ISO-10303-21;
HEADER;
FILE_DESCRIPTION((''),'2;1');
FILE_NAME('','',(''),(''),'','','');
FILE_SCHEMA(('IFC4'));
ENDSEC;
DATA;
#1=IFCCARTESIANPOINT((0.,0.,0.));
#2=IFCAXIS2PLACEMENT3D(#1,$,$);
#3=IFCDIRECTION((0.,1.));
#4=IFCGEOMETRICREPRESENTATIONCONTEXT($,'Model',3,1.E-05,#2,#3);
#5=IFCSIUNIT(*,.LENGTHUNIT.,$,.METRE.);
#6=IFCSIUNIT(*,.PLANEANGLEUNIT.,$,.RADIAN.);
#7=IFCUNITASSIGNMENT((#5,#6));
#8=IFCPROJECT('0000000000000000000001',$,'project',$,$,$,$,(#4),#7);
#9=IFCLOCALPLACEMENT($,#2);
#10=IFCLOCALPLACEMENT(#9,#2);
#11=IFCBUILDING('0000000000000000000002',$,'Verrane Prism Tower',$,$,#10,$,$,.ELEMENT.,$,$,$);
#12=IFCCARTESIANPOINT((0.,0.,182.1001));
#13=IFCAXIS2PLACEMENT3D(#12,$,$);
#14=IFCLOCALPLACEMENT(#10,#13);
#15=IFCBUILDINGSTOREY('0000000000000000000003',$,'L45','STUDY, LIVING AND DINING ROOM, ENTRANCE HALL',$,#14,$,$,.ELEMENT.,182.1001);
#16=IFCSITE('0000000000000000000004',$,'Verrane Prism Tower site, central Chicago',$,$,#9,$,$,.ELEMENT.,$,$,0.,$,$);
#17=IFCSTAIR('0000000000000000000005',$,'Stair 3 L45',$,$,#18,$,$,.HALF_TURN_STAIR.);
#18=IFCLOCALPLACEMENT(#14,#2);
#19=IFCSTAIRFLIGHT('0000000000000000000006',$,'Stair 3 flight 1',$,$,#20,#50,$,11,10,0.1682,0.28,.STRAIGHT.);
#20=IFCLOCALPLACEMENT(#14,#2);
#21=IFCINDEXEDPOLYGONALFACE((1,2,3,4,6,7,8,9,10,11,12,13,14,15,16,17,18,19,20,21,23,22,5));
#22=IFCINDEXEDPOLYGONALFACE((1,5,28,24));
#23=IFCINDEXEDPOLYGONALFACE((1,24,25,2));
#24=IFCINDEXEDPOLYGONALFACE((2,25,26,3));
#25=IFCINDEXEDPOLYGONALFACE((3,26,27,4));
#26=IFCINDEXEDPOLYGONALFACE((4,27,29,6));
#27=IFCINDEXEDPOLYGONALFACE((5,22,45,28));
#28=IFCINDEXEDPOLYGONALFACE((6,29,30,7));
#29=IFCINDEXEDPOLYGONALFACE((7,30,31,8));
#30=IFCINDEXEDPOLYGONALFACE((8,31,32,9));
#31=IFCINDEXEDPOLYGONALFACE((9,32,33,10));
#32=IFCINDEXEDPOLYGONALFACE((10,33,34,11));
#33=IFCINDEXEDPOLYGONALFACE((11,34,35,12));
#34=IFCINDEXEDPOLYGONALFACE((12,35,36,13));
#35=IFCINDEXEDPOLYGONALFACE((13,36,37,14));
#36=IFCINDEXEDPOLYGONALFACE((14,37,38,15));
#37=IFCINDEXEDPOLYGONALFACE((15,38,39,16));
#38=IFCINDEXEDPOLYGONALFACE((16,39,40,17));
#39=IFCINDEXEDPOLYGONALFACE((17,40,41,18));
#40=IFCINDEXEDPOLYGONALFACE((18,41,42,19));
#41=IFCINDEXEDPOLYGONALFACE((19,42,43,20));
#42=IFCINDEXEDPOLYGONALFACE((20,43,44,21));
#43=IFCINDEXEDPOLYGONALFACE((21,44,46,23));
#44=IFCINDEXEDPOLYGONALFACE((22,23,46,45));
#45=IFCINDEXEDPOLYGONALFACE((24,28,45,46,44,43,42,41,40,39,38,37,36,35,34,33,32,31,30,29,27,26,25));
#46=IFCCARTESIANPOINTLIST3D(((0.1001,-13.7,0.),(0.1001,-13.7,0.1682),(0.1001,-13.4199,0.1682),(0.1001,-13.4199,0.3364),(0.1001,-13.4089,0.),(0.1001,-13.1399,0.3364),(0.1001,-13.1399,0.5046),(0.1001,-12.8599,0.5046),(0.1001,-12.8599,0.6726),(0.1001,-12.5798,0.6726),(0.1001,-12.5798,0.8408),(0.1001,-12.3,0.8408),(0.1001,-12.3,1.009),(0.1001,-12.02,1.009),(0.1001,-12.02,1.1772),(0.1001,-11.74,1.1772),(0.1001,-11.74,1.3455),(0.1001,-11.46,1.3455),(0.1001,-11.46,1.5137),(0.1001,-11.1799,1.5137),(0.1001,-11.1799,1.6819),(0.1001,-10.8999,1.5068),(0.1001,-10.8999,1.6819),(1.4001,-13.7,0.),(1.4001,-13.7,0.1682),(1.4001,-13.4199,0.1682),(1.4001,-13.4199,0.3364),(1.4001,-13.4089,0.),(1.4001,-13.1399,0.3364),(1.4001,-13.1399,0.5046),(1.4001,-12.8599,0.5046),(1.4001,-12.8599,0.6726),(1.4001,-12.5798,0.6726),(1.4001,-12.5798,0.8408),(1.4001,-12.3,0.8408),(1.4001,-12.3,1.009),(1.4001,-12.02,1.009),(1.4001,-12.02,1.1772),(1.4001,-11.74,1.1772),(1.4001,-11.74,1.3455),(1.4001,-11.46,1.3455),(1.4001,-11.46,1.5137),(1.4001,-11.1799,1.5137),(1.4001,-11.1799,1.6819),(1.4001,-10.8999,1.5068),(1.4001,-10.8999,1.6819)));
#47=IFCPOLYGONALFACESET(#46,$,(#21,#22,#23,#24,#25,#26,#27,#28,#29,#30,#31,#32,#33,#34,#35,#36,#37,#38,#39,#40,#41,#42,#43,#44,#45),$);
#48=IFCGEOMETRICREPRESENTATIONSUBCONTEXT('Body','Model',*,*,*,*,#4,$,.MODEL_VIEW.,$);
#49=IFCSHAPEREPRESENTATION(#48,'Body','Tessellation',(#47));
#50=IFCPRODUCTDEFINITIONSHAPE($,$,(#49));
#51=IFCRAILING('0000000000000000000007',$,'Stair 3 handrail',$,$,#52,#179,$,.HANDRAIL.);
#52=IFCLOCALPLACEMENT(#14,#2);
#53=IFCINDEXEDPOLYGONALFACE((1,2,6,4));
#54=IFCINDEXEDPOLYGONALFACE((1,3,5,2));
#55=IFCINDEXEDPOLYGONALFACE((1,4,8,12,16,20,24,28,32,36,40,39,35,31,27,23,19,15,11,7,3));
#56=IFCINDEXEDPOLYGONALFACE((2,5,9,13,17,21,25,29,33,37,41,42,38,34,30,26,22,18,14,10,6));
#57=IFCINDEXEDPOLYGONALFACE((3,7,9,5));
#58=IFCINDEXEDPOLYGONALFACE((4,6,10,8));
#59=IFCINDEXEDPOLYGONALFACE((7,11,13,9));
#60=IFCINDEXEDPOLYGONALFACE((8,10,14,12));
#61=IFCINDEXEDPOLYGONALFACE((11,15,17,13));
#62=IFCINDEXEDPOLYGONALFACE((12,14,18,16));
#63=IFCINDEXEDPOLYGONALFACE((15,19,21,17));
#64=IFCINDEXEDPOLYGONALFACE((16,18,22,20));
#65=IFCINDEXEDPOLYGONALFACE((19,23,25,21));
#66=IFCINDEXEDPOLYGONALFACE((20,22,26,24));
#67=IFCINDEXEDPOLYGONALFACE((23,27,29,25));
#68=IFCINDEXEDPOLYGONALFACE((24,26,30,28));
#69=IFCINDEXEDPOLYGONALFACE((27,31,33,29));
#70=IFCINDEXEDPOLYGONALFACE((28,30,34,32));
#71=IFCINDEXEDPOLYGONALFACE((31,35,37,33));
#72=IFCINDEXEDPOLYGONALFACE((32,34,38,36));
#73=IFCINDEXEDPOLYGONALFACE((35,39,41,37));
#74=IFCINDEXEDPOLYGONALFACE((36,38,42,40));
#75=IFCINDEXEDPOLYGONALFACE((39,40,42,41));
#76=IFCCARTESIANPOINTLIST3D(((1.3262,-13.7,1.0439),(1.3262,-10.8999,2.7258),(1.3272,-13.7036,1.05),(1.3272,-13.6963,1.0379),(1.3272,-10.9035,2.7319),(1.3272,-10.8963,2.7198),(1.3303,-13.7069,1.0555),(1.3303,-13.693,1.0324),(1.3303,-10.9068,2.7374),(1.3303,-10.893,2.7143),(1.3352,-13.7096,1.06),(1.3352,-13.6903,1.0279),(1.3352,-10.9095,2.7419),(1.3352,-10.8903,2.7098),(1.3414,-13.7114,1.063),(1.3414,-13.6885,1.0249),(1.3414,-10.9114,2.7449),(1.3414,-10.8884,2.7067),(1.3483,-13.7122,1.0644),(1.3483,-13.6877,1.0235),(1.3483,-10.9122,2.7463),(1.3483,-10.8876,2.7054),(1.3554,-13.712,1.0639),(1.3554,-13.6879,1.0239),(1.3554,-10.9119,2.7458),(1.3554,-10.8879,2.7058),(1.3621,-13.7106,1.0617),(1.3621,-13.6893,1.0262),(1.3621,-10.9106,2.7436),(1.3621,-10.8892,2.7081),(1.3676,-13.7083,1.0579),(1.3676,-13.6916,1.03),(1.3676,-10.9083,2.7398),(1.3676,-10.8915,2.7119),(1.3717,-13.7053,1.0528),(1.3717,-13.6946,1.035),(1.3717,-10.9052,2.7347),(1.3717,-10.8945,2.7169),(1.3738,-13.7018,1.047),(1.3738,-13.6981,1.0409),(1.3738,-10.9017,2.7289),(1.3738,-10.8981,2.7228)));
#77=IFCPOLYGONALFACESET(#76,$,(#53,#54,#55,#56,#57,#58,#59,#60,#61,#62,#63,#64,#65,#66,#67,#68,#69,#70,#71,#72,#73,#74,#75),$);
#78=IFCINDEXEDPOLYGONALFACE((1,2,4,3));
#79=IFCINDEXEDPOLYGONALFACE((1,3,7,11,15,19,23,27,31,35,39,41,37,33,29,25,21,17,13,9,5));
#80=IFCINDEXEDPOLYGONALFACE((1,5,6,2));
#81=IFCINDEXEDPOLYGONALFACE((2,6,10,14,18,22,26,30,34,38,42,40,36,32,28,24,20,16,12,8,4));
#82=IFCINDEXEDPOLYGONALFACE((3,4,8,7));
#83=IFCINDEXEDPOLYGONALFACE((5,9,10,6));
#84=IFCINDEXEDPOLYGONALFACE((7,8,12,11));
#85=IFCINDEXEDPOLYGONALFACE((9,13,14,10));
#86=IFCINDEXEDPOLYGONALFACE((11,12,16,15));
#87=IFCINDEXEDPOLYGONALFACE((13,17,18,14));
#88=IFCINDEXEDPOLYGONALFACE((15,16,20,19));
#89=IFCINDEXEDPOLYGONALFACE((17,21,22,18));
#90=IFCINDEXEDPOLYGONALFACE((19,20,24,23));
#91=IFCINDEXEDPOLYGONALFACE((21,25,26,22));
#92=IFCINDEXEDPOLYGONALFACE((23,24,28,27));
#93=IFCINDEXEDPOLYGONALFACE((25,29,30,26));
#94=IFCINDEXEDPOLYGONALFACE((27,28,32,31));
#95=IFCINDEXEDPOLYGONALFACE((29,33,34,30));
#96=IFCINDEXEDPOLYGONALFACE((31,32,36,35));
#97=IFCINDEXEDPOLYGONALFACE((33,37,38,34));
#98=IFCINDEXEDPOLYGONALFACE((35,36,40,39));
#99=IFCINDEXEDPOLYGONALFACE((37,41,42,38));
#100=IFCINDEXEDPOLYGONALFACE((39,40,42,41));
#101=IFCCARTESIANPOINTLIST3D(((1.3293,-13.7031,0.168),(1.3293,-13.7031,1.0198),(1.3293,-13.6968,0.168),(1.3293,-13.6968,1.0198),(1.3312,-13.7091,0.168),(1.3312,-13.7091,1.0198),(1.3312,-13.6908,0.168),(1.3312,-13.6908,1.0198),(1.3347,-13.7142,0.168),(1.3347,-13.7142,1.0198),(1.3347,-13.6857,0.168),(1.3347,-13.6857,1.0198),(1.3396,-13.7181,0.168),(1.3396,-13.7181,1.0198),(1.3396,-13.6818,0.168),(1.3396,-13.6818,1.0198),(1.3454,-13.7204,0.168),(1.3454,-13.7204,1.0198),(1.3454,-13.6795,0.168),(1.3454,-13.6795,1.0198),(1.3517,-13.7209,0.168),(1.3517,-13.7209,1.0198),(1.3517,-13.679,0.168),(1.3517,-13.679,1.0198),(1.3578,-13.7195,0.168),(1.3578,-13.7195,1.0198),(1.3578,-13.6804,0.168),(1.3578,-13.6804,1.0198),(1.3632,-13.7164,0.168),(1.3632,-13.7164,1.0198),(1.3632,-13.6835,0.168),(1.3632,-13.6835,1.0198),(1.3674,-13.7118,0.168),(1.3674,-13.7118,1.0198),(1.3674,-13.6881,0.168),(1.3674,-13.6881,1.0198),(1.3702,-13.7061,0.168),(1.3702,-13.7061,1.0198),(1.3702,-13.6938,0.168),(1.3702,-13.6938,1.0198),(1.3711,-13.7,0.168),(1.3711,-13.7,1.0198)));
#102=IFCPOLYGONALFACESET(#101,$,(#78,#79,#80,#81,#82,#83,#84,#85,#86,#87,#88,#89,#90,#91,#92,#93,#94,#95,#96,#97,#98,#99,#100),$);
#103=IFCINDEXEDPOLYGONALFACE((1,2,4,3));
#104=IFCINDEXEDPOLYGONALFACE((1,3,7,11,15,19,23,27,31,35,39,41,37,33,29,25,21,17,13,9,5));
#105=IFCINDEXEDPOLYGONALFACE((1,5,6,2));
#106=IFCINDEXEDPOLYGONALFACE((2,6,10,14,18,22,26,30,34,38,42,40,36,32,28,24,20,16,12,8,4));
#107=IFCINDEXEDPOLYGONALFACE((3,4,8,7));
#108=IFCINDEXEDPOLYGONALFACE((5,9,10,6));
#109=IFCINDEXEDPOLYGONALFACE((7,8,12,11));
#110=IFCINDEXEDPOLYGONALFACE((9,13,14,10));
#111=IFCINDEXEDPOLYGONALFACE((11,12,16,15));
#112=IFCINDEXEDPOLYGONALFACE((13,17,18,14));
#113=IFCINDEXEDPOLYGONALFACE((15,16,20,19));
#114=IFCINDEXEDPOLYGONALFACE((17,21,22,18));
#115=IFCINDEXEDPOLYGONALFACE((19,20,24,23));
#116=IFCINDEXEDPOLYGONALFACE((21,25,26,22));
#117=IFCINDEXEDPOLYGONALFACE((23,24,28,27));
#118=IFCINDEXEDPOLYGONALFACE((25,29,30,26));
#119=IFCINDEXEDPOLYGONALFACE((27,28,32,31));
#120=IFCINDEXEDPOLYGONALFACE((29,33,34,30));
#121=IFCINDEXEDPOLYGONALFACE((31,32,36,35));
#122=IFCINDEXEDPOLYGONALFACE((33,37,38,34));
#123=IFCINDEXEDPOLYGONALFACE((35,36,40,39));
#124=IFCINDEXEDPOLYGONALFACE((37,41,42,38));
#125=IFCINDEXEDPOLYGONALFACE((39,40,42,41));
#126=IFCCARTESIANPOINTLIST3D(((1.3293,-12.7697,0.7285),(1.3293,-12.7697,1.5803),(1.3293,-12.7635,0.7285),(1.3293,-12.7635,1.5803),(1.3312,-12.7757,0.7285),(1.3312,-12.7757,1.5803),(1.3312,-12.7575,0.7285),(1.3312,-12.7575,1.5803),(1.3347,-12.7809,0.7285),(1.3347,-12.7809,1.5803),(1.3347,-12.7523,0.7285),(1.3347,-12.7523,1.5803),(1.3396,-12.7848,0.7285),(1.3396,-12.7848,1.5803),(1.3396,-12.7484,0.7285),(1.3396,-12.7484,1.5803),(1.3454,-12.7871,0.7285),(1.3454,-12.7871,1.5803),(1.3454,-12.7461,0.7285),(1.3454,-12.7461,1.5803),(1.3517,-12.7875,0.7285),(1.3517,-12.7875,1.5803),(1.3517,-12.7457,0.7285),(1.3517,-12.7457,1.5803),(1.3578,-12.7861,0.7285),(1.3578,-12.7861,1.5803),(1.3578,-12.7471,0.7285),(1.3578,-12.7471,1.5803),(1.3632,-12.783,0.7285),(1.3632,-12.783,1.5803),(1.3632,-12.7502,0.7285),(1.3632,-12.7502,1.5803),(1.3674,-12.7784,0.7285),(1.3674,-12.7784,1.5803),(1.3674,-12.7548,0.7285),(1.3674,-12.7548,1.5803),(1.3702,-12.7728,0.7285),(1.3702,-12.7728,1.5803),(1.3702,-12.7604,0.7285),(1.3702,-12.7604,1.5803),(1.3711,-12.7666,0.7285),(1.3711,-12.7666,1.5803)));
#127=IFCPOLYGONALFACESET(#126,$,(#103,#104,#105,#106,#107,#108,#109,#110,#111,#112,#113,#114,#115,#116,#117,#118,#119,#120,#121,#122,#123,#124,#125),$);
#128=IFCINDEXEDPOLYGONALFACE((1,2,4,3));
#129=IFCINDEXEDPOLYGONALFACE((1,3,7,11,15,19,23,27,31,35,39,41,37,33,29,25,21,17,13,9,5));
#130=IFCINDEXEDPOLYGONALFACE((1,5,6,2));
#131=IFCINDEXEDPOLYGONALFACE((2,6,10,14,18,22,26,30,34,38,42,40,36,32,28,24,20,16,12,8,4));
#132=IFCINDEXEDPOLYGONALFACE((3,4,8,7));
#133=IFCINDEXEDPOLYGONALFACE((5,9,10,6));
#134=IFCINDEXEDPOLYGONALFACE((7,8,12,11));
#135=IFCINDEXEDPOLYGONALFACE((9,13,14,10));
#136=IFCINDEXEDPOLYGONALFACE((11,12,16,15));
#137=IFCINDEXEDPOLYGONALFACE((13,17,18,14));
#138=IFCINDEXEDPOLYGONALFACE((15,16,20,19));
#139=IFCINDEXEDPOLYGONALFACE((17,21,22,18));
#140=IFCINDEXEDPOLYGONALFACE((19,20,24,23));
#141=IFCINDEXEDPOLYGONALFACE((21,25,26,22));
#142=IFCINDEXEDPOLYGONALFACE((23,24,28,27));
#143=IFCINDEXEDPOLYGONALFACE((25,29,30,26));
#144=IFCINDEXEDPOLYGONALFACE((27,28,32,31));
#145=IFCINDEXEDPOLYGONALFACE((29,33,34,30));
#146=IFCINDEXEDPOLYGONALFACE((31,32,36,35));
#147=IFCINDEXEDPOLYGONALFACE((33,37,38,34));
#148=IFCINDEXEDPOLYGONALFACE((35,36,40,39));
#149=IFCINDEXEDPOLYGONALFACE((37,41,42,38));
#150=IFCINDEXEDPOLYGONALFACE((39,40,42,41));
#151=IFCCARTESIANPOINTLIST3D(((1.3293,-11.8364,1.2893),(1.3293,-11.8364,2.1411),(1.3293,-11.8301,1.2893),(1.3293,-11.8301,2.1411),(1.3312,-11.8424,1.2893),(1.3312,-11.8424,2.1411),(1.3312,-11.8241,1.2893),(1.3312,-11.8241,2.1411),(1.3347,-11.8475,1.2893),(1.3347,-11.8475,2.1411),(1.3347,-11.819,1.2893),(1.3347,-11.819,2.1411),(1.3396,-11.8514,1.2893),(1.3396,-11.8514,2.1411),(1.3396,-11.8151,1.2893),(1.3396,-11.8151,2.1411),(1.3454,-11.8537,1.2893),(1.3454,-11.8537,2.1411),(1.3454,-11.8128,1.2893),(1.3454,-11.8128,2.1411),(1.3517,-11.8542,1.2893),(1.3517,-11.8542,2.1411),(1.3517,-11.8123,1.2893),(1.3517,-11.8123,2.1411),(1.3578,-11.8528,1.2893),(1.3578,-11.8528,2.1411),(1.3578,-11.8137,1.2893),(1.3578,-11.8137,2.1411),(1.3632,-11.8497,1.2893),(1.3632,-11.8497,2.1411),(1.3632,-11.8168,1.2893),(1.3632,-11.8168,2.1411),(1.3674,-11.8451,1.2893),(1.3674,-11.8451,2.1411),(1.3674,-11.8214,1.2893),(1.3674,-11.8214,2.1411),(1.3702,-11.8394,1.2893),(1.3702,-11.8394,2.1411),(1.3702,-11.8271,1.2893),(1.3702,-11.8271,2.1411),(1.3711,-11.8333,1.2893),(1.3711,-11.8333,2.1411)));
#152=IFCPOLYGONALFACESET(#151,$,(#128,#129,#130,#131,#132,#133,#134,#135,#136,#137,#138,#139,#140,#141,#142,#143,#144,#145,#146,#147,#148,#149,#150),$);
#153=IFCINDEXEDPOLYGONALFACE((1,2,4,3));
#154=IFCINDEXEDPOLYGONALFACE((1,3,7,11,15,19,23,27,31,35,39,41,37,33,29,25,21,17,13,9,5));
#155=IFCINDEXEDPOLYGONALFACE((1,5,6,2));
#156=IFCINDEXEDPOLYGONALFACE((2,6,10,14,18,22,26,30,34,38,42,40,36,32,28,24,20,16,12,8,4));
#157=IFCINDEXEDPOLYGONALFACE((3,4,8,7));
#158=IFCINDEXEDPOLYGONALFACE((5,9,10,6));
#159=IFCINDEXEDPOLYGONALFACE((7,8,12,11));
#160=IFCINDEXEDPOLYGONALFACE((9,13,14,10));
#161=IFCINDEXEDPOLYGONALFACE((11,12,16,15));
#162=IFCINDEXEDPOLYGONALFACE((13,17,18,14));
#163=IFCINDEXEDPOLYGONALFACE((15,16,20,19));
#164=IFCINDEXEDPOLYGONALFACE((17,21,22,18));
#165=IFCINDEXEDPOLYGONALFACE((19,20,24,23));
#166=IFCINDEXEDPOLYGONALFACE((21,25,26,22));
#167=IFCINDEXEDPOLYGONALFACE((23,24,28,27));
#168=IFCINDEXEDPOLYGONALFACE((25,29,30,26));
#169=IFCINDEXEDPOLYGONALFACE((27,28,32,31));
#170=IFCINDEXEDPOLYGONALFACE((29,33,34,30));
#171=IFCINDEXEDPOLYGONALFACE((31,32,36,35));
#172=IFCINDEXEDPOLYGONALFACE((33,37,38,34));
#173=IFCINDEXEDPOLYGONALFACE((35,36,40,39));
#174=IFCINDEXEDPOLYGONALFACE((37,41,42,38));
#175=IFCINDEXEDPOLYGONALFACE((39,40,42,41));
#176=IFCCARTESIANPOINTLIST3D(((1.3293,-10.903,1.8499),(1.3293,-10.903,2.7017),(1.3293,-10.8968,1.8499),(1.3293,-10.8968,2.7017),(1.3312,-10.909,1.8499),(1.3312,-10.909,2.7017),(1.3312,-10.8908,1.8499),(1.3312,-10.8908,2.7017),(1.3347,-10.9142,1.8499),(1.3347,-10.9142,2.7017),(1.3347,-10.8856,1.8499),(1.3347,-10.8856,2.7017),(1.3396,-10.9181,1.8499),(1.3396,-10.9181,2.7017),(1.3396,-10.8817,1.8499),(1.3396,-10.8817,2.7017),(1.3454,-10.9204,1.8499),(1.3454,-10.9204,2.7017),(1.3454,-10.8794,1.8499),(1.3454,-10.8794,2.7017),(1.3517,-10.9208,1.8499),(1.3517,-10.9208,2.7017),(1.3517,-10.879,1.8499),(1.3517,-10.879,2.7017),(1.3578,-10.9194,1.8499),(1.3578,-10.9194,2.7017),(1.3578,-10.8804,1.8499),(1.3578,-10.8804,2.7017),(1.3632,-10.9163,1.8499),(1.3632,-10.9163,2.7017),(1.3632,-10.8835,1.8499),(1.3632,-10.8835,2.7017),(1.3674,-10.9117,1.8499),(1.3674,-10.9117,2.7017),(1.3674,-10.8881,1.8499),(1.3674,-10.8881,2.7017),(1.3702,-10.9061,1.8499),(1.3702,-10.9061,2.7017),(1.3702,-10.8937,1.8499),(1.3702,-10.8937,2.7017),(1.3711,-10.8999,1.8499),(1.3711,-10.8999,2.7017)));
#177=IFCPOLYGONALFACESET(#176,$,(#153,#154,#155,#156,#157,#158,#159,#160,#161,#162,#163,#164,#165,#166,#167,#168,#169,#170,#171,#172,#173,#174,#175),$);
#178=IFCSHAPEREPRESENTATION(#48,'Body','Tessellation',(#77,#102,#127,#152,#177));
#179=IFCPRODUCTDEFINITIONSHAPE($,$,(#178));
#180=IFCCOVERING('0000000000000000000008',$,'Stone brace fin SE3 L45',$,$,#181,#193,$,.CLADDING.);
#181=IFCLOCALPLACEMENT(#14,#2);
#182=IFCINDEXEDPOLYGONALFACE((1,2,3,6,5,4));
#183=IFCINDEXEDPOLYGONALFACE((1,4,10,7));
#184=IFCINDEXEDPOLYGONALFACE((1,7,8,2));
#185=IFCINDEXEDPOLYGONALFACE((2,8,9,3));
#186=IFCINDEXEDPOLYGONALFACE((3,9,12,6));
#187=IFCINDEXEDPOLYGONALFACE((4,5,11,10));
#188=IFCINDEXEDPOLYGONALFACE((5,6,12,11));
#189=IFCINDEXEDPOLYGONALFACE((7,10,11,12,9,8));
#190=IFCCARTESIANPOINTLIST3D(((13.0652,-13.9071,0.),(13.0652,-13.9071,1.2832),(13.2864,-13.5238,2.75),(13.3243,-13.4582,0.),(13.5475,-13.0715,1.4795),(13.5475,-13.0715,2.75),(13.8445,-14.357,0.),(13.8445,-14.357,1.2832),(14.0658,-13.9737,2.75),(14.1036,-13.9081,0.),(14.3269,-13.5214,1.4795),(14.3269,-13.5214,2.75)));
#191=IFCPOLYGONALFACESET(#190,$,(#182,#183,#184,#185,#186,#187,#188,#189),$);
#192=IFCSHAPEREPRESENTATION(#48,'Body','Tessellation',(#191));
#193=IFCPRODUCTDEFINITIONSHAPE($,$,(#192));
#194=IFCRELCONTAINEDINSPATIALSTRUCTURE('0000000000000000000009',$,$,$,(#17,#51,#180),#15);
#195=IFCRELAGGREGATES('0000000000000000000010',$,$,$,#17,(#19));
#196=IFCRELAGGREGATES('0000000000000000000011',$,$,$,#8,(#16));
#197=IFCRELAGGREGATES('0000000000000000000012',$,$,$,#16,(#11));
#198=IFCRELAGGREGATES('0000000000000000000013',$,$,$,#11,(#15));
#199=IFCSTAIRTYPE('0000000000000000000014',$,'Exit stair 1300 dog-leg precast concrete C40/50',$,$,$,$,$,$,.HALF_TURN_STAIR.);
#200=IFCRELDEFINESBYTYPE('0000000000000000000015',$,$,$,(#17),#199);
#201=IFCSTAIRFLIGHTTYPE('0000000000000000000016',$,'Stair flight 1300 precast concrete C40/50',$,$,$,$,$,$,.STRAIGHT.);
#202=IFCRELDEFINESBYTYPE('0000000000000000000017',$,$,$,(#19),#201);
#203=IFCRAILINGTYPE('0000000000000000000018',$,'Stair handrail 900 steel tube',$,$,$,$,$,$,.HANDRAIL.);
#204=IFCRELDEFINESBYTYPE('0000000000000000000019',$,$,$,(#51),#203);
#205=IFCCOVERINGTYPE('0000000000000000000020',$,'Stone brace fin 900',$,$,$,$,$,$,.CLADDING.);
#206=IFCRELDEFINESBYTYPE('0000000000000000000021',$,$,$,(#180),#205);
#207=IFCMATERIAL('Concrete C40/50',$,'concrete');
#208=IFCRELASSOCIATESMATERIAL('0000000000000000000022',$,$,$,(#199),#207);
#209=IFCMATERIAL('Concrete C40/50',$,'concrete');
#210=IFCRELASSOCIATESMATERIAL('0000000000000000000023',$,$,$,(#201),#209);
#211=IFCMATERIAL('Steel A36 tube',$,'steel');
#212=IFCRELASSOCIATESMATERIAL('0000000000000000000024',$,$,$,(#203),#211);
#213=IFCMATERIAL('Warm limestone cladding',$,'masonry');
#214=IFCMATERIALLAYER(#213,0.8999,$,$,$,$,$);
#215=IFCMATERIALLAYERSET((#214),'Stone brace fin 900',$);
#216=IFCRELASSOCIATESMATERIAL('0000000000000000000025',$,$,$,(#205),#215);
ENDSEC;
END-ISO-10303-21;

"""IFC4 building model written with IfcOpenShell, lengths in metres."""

from ifc_helpers import new_model, si_unit, direction, frame, origin, origin_2d, place, context, subcontext, project, spatial, polyline, circle, outline, extrude, material, layer, layer_set, type_object, element, aggregate, save


model = new_model("IFC4")

# Units and contexts
model_context = context("Model", 3, precision=1e-05, world=origin(), true_north=direction((0.0, 1.0)))
body_context = subcontext(model_context, "Body", "Model", "MODEL_VIEW")
ifc_project = project(units=[si_unit("LENGTHUNIT", "METRE"), si_unit("PLANEANGLEUNIT", "RADIAN")], contexts=[model_context])

# Site, building, storey
site_placement = place(None, origin())
site = spatial("IfcSite", under=ifc_project, at=site_placement, Name="Verrane Prism Tower site, central Chicago", CompositionType="ELEMENT", RefElevation=0.0)
building_placement = place(site_placement, origin())
building = spatial("IfcBuilding", under=site, at=building_placement, Name="Verrane Prism Tower", CompositionType="ELEMENT")
storey_placement = place(building_placement, frame((0.0, 0.0, 182.1001)))
storey = spatial("IfcBuildingStorey", under=building, at=storey_placement, Name="L45", Description="STUDY, LIVING AND DINING ROOM, ENTRANCE HALL", CompositionType="ELEMENT", Elevation=182.1001)

# Stair, stair flight
ifc_material_1 = material(Name="Concrete C40/50", Category="concrete")
stair_type = type_object("IfcStairType", Name="Exit stair 1300 dog-leg precast concrete C40/50", PredefinedType="HALF_TURN_STAIR", material=ifc_material_1)
stair_placement = place(storey_placement, origin())
stair = element("IfcStair", 1, at=stair_placement, inside=storey, type_object=stair_type, Name="Stair 3 L45", PredefinedType="HALF_TURN_STAIR")
ifc_material_2 = material(Name="Concrete C40/50", Category="concrete")
stair_flight_type = type_object("IfcStairFlightType", Name="Stair flight 1300 precast concrete C40/50", PredefinedType="STRAIGHT", material=ifc_material_2)
stair_flight_placement = place(storey_placement, frame((0.75, -13.7, 0.0), z_axis=(0.0, 0.0, 1.0), x_axis=(0.0, 1.0, 0.0)))
stair_flight = element("IfcStairFlight", 2, at=stair_flight_placement, type_object=stair_flight_type, Name="Stair 3 flight 1", NumberOfRisers=11, NumberOfTreads=10, PredefinedType="STRAIGHT", RiserHeight=0.1682, TreadLength=0.28, context=body_context, shape_type="SweptSolid", body=[
    extrude(outline(polyline([(0.0, 0.0), (0.0, 0.1682), (0.28, 0.1682), (0.28, 0.3364), (0.5601, 0.3364), (0.5601, 0.5046), (0.8401, 0.5046), (0.8401, 0.6726), (1.1201, 0.6726), (1.1201, 0.8408), (1.3999, 0.8408), (1.3999, 1.009), (1.6799, 1.009), (1.6799, 1.1772), (1.96, 1.1772), (1.96, 1.3455), (2.24, 1.3455), (2.24, 1.5137), (2.52, 1.5137), (2.52, 1.6819), (2.8, 1.6819), (2.8, 1.8501), (2.8, 1.5068), (0.291, 0.0), (0.0, 0.0)])), frame((0.0, 0.6499, 0.0), z_axis=(0.0, -1.0, 0.0), x_axis=(1.0, 0.0, 0.0)), (0.0, 0.0, 1.0), 1.3),
])
aggregate(stair, [stair_flight])

# Railing
ifc_material_3 = material(Name="Steel A36 tube", Category="steel")
railing_type_1 = type_object("IfcRailingType", Name="Stair handrail 900 steel tube", PredefinedType="HANDRAIL", material=ifc_material_3)
railing_1_placement = place(storey_placement, frame((1.3501, -13.7, 0.168)))
element("IfcRailing", 3, at=railing_1_placement, inside=storey, type_object=railing_type_1, Name="Stair 3 handrail", PredefinedType="HANDRAIL", context=body_context, shape_type="SweptSolid", body=[
    extrude(circle(Radius=0.0239, at=origin_2d()), frame((0.0, 0.0, 0.876), z_axis=(0.0, 0.857242, 0.514913), x_axis=(-1.0, 0.0, 0.0)), (0.0, 0.0, 1.0), 3.2664),
    extrude(circle(Radius=0.021, at=origin_2d()), origin(), (0.0, 0.0, 1.0), 0.8518),
    extrude(circle(Radius=0.021, at=origin_2d()), frame((0.0, 0.9333, 0.5605)), (0.0, 0.0, 1.0), 0.8518),
    extrude(circle(Radius=0.021, at=origin_2d()), frame((0.0, 1.8667, 1.1213)), (0.0, 0.0, 1.0), 0.8518),
    extrude(circle(Radius=0.021, at=origin_2d()), frame((0.0, 2.8, 1.6819)), (0.0, 0.0, 1.0), 0.8518),
])

# Covering
ifc_material_4 = material(Name="Warm limestone cladding", Category="masonry")
ifc_layer_1 = layer(ifc_material_4, 0.8999)
ifc_layer_set_1 = layer_set([ifc_layer_1], Name="Stone brace fin 900")
covering_type = type_object("IfcCoveringType", Name="Stone brace fin 900", PredefinedType="CLADDING", material=ifc_layer_set_1)
covering_placement = place(storey_placement, frame((13.4548, -14.1321, 0.0), z_axis=(0.0, 0.0, 1.0), x_axis=(0.499949, 0.866055, 0.0)))
element("IfcCovering", 4, at=covering_placement, inside=storey, type_object=covering_type, Name="Stone brace fin SE3 L45", PredefinedType="CLADDING", context=body_context, shape_type="SweptSolid", body=[
    extrude(outline(polyline([(0.9648, 2.75), (0.4426, 2.75), (0.0, 1.2832), (0.0, 0.0), (0.5183, 0.0), (0.9648, 1.4795), (0.9648, 2.75)])), frame((0.0, 0.45, 0.0), z_axis=(0.0, -1.0, 0.0), x_axis=(1.0, 0.0, 0.0)), (0.0, 0.0, 1.0), 0.8999),
])

save(model, "model.ifc")
